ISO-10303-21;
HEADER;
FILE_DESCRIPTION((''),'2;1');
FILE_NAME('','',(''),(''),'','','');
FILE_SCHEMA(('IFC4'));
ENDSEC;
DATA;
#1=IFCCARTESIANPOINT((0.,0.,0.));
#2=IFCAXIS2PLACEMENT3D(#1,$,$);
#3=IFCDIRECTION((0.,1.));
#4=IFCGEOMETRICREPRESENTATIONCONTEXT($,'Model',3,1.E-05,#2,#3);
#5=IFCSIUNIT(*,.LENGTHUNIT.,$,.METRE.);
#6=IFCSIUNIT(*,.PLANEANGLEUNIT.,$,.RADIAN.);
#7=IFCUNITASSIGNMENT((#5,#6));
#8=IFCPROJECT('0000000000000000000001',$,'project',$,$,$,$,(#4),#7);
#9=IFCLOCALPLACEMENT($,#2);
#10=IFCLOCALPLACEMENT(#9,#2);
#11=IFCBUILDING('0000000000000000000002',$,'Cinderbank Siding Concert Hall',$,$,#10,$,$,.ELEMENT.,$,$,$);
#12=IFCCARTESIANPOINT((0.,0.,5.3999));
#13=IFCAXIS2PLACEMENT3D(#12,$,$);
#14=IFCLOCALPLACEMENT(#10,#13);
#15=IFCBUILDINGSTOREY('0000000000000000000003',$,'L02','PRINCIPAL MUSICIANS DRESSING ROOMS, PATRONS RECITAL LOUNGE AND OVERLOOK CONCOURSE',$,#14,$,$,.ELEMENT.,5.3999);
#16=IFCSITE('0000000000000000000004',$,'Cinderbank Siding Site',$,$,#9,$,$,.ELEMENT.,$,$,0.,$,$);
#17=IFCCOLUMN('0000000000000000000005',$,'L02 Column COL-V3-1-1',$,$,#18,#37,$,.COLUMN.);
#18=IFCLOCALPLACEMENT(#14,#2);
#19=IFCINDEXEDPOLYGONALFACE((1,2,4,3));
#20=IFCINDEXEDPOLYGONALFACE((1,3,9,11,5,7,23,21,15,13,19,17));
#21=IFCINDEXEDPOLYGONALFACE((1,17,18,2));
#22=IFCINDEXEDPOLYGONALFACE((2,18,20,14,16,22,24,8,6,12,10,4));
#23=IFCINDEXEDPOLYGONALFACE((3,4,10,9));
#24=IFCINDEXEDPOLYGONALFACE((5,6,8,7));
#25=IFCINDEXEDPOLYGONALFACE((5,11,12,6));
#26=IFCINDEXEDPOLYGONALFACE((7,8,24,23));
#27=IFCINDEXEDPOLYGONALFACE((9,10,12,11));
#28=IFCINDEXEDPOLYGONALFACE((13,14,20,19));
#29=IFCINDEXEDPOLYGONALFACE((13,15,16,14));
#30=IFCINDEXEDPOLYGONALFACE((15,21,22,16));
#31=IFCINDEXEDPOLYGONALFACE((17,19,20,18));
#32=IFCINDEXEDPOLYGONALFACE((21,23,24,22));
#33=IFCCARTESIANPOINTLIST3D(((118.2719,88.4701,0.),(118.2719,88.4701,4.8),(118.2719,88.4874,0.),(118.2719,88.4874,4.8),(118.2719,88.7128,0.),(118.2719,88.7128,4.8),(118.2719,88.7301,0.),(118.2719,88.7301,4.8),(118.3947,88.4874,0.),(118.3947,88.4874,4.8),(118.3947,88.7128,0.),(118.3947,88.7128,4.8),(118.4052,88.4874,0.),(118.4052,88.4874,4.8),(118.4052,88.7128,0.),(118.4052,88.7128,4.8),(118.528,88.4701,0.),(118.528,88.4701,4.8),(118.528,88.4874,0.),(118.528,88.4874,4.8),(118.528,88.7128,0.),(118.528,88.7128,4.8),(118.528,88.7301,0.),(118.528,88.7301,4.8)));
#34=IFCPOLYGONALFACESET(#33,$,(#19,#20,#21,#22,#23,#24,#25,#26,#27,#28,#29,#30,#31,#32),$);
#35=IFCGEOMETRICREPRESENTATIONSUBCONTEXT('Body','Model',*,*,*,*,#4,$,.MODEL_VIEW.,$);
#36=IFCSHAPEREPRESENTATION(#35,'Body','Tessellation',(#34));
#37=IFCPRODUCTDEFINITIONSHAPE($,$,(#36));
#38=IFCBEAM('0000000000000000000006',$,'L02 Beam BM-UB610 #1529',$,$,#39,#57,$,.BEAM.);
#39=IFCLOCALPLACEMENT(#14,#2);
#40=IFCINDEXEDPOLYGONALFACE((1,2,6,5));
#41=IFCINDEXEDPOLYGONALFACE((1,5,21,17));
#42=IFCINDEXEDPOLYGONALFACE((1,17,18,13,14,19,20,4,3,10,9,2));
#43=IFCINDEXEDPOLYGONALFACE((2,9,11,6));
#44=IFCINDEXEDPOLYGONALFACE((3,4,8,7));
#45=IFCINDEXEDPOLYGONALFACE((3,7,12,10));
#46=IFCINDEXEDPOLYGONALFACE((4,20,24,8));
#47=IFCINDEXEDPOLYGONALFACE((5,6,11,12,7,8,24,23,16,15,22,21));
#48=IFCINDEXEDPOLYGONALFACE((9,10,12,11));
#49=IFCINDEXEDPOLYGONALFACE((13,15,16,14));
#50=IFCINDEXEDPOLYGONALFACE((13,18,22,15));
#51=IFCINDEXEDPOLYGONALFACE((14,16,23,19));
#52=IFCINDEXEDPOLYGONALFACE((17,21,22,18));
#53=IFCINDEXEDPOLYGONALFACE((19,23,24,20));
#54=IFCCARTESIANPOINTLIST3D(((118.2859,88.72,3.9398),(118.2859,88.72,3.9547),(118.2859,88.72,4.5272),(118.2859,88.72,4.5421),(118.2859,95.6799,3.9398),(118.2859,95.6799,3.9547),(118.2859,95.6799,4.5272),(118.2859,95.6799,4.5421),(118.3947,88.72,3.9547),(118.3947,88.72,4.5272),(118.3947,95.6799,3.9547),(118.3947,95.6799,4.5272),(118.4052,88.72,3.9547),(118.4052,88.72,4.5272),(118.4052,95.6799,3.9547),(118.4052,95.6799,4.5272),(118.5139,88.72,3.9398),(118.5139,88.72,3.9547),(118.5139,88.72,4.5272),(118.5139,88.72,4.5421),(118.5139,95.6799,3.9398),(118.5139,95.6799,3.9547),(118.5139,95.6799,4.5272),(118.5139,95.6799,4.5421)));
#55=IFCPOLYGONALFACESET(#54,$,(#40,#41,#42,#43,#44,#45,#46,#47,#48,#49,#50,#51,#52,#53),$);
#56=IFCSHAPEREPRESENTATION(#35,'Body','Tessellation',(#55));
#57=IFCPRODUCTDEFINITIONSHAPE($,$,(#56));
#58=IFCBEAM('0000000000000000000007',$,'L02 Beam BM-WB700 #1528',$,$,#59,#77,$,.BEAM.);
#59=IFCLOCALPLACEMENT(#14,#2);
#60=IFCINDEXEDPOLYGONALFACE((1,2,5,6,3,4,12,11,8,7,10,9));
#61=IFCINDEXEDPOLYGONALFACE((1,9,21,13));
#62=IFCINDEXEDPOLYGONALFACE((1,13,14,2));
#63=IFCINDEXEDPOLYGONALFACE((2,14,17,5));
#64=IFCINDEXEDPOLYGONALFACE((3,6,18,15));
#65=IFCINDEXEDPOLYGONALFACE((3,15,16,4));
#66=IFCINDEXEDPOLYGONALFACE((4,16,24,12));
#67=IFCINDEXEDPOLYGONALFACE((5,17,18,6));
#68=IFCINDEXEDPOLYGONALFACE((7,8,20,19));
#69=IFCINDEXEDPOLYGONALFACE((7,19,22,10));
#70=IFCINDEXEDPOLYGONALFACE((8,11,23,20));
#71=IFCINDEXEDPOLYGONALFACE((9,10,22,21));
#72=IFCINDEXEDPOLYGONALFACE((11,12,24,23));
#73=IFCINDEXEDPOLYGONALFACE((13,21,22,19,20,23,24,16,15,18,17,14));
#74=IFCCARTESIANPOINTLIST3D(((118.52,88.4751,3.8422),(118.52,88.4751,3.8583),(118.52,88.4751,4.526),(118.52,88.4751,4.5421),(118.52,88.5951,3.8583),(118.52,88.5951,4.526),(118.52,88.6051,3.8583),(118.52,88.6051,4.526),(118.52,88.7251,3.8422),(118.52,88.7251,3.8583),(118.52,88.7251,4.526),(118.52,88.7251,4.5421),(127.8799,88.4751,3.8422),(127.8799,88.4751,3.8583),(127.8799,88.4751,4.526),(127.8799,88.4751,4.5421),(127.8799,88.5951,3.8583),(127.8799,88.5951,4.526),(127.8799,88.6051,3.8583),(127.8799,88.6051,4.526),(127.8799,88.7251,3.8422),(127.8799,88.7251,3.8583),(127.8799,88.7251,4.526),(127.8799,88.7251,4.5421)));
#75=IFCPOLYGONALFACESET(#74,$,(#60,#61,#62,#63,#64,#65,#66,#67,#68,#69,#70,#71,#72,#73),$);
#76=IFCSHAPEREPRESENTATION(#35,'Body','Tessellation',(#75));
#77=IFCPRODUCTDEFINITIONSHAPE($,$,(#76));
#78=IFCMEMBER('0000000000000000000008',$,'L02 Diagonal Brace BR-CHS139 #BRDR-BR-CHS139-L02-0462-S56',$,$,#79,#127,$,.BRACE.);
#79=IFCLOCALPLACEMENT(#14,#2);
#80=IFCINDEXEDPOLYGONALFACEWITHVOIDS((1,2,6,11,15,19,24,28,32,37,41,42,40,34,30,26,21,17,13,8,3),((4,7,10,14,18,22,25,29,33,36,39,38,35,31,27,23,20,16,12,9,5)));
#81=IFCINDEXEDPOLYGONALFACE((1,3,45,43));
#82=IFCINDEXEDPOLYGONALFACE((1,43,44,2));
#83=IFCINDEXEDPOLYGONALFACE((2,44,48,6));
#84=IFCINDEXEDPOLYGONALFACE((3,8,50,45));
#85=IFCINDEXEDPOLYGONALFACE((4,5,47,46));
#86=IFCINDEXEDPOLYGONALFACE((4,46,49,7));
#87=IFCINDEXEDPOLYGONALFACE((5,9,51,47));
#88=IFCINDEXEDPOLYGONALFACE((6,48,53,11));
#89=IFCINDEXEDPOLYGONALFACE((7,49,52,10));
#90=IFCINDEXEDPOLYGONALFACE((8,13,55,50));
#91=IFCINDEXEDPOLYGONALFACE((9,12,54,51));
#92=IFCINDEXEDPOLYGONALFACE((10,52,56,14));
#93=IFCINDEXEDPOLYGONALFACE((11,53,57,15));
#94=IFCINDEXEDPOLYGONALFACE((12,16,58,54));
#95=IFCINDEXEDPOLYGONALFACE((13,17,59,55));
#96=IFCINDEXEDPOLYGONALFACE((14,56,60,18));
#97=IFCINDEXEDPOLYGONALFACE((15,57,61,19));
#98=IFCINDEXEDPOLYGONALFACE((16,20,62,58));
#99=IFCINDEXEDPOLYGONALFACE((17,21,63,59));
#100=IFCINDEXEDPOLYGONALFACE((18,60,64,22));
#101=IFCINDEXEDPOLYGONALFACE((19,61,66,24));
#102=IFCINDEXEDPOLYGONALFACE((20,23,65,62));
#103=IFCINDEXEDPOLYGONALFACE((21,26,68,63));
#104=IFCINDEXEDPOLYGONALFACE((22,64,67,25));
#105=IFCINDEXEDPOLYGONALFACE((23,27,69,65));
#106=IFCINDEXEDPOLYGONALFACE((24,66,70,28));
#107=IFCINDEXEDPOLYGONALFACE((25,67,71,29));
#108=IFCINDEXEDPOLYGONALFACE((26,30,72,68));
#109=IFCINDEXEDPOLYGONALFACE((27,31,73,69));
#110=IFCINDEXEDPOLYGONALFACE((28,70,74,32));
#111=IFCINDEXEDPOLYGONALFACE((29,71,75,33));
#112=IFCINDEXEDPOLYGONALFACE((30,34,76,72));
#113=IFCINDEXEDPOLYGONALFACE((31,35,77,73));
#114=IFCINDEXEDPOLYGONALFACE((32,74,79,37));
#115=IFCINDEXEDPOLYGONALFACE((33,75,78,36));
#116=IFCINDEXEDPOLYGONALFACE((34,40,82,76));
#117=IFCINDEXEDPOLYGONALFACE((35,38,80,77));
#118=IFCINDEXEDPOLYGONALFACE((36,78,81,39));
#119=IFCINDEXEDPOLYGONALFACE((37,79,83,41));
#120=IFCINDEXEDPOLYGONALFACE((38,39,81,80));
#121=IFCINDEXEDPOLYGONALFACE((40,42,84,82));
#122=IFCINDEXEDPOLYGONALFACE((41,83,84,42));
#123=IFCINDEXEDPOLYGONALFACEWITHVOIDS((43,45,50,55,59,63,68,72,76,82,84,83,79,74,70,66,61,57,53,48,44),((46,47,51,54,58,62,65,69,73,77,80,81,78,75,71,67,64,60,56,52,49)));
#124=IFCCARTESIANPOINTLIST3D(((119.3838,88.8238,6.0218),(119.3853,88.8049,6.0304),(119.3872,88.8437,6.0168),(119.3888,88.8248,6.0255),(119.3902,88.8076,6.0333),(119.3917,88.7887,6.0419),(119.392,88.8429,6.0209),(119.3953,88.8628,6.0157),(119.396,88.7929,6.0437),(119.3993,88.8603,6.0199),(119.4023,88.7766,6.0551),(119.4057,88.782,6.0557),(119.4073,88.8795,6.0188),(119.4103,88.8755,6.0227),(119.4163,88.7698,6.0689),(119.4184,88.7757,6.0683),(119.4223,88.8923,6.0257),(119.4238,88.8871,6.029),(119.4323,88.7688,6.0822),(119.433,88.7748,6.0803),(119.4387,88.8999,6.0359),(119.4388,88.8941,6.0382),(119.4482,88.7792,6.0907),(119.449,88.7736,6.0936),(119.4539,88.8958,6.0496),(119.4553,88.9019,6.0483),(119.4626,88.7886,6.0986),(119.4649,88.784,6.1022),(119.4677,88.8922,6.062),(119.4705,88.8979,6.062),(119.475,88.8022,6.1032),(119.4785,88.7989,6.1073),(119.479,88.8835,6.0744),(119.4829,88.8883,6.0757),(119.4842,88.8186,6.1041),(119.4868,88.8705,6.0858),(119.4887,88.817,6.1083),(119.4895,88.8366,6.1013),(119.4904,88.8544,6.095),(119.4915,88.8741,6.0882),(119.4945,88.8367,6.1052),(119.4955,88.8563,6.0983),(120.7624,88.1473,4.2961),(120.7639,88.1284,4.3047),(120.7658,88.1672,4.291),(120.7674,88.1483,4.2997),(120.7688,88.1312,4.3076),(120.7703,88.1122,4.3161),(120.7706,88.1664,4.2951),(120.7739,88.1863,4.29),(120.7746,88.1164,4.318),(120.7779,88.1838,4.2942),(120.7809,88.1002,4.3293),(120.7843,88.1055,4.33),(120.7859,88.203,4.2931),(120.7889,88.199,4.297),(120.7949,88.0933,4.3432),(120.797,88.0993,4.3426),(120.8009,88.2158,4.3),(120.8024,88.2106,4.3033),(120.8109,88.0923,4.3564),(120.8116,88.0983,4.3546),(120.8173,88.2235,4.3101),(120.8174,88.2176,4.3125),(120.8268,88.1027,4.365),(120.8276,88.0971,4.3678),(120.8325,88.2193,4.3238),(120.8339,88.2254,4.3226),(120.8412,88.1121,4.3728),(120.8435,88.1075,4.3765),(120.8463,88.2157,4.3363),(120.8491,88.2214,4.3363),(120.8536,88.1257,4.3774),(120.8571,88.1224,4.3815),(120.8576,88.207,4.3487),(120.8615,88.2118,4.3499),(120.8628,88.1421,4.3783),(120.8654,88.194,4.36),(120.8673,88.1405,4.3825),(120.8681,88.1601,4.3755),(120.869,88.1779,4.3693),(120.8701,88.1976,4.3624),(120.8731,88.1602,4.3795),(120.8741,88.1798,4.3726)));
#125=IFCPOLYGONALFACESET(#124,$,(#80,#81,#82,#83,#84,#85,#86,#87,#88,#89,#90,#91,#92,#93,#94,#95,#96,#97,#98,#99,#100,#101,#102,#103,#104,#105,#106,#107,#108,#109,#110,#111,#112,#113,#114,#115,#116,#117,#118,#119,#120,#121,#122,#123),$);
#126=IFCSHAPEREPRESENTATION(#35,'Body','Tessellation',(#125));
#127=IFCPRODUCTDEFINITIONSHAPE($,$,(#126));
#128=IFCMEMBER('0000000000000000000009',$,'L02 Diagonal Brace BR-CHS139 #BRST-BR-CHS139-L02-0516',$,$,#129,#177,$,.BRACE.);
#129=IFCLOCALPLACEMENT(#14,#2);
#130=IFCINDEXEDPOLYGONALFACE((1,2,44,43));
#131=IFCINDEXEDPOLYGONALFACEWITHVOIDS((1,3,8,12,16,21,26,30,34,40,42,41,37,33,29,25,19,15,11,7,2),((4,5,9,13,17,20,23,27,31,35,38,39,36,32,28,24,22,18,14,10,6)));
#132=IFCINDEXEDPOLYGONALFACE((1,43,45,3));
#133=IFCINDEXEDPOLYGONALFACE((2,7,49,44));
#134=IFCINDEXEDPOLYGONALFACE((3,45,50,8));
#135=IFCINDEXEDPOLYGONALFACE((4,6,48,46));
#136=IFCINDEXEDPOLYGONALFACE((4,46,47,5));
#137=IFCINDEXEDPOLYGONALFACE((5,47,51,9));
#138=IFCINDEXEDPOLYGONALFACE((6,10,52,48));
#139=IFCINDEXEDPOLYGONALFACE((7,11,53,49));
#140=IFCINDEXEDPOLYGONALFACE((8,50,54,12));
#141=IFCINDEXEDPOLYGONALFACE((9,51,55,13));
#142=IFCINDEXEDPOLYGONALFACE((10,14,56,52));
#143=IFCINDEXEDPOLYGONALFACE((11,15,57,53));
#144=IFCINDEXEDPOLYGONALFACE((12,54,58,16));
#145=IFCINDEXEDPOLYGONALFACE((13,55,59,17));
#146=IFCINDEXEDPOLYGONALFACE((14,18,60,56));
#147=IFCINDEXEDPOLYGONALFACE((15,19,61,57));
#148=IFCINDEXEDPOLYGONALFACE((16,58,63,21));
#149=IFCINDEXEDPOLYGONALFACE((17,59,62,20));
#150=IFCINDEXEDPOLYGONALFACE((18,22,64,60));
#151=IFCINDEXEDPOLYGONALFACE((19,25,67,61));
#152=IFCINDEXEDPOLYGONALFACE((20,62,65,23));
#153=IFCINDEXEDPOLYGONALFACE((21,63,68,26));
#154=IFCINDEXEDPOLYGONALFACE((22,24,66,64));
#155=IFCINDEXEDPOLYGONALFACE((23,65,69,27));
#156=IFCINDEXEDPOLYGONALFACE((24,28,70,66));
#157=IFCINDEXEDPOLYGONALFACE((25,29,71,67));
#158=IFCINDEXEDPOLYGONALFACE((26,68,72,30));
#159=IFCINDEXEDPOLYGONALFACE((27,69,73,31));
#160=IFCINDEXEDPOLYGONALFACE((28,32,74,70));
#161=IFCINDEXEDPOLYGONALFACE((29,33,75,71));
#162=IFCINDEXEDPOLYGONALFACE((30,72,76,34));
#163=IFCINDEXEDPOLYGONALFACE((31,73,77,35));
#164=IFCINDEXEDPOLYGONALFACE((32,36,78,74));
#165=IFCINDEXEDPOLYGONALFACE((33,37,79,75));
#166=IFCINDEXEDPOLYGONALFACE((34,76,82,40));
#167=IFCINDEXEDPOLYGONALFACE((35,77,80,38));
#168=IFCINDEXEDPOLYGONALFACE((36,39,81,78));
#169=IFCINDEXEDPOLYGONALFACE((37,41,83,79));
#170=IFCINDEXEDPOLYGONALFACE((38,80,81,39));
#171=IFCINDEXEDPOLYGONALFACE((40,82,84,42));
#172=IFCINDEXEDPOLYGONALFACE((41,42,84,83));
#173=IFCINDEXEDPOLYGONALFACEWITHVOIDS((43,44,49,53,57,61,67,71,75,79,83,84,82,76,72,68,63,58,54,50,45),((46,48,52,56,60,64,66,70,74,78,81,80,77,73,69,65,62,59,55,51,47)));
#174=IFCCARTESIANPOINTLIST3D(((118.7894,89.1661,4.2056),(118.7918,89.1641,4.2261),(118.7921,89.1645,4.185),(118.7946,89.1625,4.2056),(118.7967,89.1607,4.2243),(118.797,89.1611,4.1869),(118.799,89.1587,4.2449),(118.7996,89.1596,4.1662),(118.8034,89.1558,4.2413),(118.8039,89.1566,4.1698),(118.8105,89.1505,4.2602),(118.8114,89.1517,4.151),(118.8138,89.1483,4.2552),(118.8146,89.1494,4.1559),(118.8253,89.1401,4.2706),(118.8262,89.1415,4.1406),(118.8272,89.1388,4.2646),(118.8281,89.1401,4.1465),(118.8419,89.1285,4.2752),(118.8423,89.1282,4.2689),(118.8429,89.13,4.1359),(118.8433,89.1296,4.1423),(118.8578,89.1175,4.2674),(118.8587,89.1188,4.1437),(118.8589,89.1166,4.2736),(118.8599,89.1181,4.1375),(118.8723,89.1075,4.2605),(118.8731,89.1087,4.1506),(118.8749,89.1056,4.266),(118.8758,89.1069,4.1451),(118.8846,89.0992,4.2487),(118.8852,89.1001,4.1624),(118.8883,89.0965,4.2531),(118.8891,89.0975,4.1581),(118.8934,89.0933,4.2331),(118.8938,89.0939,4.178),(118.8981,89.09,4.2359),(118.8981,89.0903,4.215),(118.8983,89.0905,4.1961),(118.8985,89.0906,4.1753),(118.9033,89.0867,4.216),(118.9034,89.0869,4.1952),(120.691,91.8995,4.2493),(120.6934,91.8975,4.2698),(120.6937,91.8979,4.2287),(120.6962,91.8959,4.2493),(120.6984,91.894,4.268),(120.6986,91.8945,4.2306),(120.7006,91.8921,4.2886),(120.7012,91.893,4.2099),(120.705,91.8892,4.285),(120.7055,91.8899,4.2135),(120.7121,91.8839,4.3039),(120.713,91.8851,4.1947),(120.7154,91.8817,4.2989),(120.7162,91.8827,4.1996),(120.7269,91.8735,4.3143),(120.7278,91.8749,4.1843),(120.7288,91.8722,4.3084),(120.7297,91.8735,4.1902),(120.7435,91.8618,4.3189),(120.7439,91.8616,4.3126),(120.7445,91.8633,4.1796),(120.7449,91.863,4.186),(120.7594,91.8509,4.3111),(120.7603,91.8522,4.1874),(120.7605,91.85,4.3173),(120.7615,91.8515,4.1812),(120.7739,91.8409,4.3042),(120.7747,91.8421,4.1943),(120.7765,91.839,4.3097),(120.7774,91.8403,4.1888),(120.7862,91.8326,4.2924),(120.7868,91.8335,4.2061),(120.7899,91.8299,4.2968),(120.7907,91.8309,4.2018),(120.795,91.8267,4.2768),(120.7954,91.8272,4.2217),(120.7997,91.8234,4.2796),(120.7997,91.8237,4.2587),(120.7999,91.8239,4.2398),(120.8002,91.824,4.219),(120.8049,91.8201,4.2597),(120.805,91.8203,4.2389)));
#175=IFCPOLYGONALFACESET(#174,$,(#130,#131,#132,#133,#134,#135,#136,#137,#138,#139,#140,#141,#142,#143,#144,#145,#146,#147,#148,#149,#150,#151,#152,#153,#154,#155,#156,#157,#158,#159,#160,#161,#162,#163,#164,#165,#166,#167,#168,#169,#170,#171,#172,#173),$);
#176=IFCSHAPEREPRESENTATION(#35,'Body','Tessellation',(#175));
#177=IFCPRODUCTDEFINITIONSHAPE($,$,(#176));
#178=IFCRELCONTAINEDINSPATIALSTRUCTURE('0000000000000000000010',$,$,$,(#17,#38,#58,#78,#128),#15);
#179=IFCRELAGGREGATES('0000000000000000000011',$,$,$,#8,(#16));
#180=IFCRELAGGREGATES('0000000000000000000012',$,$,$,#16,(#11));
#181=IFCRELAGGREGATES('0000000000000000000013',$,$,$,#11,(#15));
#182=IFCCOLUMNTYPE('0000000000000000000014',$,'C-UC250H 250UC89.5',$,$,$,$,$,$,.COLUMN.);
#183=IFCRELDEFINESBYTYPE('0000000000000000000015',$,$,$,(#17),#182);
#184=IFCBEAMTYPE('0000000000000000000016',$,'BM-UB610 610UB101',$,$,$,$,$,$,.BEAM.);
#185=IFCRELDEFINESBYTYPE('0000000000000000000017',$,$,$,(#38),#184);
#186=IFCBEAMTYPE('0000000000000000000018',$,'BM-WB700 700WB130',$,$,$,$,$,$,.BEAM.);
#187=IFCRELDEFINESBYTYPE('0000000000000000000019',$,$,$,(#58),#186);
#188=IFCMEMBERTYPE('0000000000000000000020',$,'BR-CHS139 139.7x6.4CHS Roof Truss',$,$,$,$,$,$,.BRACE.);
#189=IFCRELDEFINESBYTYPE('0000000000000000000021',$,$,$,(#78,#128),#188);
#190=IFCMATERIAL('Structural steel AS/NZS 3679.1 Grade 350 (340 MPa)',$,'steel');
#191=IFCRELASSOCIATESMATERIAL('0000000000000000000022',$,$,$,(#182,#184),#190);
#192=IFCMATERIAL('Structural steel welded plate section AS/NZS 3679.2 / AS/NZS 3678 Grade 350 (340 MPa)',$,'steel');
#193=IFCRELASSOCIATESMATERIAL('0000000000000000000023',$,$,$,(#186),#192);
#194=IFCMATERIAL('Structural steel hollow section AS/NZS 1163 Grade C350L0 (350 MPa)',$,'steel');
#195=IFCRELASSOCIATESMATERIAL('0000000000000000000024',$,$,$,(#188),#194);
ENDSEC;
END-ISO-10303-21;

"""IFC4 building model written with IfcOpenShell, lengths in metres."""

from ifc_helpers import new_model, si_unit, direction, frame, origin, origin_2d, place, context, subcontext, project, spatial, hollow_circle, i_section, extrude, material, material_profile, profile_set, type_object, element, save


model = new_model("IFC4")

# Units and contexts
model_context = context("Model", 3, precision=1e-05, world=origin(), true_north=direction((0.0, 1.0)))
body_context = subcontext(model_context, "Body", "Model", "MODEL_VIEW")
ifc_project = project(units=[si_unit("LENGTHUNIT", "METRE"), si_unit("PLANEANGLEUNIT", "RADIAN")], contexts=[model_context])

# Site, building, storey
site_placement = place(None, origin())
site = spatial("IfcSite", under=ifc_project, at=site_placement, Name="Cinderbank Siding Site", CompositionType="ELEMENT", RefElevation=0.0)
building_placement = place(site_placement, origin())
building = spatial("IfcBuilding", under=site, at=building_placement, Name="Cinderbank Siding Concert Hall", CompositionType="ELEMENT")
storey_placement = place(building_placement, frame((0.0, 0.0, 5.3999)))
storey = spatial("IfcBuildingStorey", under=building, at=storey_placement, Name="L02", Description="PRINCIPAL MUSICIANS DRESSING ROOMS, PATRONS RECITAL LOUNGE AND OVERLOOK CONCOURSE", CompositionType="ELEMENT", Elevation=5.3999)

# Column
ifc_material_1 = material(Name="Structural steel AS/NZS 3679.1 Grade 350 (340 MPa)", Category="steel")
ifc_material_profile_1 = material_profile(ifc_material_1, i_section(OverallWidth=0.2561, OverallDepth=0.26, WebThickness=0.0105, FlangeThickness=0.0173, at=origin_2d()), Name="250UC89.5", Category="LoadBearing")
ifc_profile_set_1 = profile_set([ifc_material_profile_1], Name="Structural steel AS/NZS 3679.1 Grade 350 (340 MPa)")
column_type = type_object("IfcColumnType", Name="C-UC250H 250UC89.5", PredefinedType="COLUMN", material=ifc_profile_set_1)
column_placement = place(storey_placement, frame((118.3999, 88.6001, 0.0), z_axis=(0.0, 0.0, 1.0), x_axis=(1.0, 0.0, 0.0)))
element("IfcColumn", 1, at=column_placement, inside=storey, type_object=column_type, Name="L02 Column COL-V3-1-1", PredefinedType="COLUMN", context=body_context, shape_type="SweptSolid", body=[
    extrude(i_section(OverallWidth=0.2561, OverallDepth=0.26, WebThickness=0.0105, FlangeThickness=0.0173, at=origin_2d()), origin(), (0.0, 0.0, 1.0), 4.8),
])

# Beams
ifc_material_profile_2 = material_profile(ifc_material_1, i_section(OverallWidth=0.228, OverallDepth=0.6023, WebThickness=0.0105, FlangeThickness=0.0149, at=origin_2d()), Name="610UB101", Category="LoadBearing")
ifc_profile_set_2 = profile_set([ifc_material_profile_2], Name="Structural steel AS/NZS 3679.1 Grade 350 (340 MPa)")
beam_type_1 = type_object("IfcBeamType", Name="BM-UB610 610UB101", PredefinedType="BEAM", material=ifc_profile_set_2)
beam_1_placement = place(storey_placement, frame((118.3999, 88.72, 4.241), z_axis=(0.0, 1.0, 0.0), x_axis=(-1.0, 0.0, 0.0)))
element("IfcBeam", 2, at=beam_1_placement, inside=storey, type_object=beam_type_1, Name="L02 Beam BM-UB610 #1529", PredefinedType="BEAM", context=body_context, shape_type="SweptSolid", body=[
    extrude(i_section(OverallWidth=0.228, OverallDepth=0.6023, WebThickness=0.0105, FlangeThickness=0.0149, at=origin_2d()), origin(), (0.0, 0.0, 1.0), 6.96),
])
ifc_material_2 = material(Name="Structural steel welded plate section AS/NZS 3679.2 / AS/NZS 3678 Grade 350 (340 MPa)", Category="steel")
ifc_material_profile_3 = material_profile(ifc_material_2, i_section(OverallWidth=0.25, OverallDepth=0.7, WebThickness=0.01, FlangeThickness=0.0161, at=origin_2d()), Name="700WB130", Category="LoadBearing")
ifc_profile_set_3 = profile_set([ifc_material_profile_3], Name="Structural steel welded plate section AS/NZS 3679.2 / AS/NZS 3678 Grade 350 (340 MPa)")
beam_type_2 = type_object("IfcBeamType", Name="BM-WB700 700WB130", PredefinedType="BEAM", material=ifc_profile_set_3)
beam_2_placement = place(storey_placement, frame((118.52, 88.6001, 4.1921), z_axis=(1.0, 0.0, 0.0), x_axis=(0.0, 1.0, 0.0)))
element("IfcBeam", 3, at=beam_2_placement, inside=storey, type_object=beam_type_2, Name="L02 Beam BM-WB700 #1528", PredefinedType="BEAM", context=body_context, shape_type="SweptSolid", body=[
    extrude(i_section(OverallWidth=0.25, OverallDepth=0.7, WebThickness=0.01, FlangeThickness=0.0161, at=origin_2d()), origin(), (0.0, 0.0, 1.0), 9.3599),
])

# Members
ifc_material_3 = material(Name="Structural steel hollow section AS/NZS 1163 Grade C350L0 (350 MPa)", Category="steel")
ifc_material_profile_4 = material_profile(ifc_material_3, hollow_circle(Radius=0.0698, WallThickness=0.0063, at=origin_2d()), Name="139.7x6.4CHS", Category="LoadBearing")
ifc_profile_set_4 = profile_set([ifc_material_profile_4], Name="Structural steel hollow section AS/NZS 1163 Grade C350L0 (350 MPa)")
member_type_1 = type_object("IfcMemberType", Name="BR-CHS139 139.7x6.4CHS Roof Truss", PredefinedType="BRACE", material=ifc_profile_set_4)
member_1_placement = place(storey_placement, frame((119.4397, 88.8352, 6.062), z_axis=(0.59678, -0.292842, -0.747059), x_axis=(0.440524, 0.897741, 0.0)))
element("IfcMember", 4, at=member_1_placement, inside=storey, type_object=member_type_1, Name="L02 Diagonal Brace BR-CHS139 #BRDR-BR-CHS139-L02-0462-S56", PredefinedType="BRACE", context=body_context, shape_type="SweptSolid", body=[
    extrude(hollow_circle(Radius=0.0698, WallThickness=0.0063, at=origin_2d()), origin(), (0.0, 0.0, 1.0), 2.3101),
])
member_2_placement = place(storey_placement, frame((118.8467, 89.1262, 4.2056), z_axis=(0.571039, 0.820818, 0.013123), x_axis=(-0.820889, 0.571088, 0.0)))
element("IfcMember", 5, at=member_2_placement, inside=storey, type_object=member_type_1, Name="L02 Diagonal Brace BR-CHS139 #BRST-BR-CHS139-L02-0516", PredefinedType="BRACE", context=body_context, shape_type="SweptSolid", body=[
    extrude(hollow_circle(Radius=0.0698, WallThickness=0.0063, at=origin_2d()), origin(), (0.0, 0.0, 1.0), 3.3301),
])

save(model, "model.ifc")
